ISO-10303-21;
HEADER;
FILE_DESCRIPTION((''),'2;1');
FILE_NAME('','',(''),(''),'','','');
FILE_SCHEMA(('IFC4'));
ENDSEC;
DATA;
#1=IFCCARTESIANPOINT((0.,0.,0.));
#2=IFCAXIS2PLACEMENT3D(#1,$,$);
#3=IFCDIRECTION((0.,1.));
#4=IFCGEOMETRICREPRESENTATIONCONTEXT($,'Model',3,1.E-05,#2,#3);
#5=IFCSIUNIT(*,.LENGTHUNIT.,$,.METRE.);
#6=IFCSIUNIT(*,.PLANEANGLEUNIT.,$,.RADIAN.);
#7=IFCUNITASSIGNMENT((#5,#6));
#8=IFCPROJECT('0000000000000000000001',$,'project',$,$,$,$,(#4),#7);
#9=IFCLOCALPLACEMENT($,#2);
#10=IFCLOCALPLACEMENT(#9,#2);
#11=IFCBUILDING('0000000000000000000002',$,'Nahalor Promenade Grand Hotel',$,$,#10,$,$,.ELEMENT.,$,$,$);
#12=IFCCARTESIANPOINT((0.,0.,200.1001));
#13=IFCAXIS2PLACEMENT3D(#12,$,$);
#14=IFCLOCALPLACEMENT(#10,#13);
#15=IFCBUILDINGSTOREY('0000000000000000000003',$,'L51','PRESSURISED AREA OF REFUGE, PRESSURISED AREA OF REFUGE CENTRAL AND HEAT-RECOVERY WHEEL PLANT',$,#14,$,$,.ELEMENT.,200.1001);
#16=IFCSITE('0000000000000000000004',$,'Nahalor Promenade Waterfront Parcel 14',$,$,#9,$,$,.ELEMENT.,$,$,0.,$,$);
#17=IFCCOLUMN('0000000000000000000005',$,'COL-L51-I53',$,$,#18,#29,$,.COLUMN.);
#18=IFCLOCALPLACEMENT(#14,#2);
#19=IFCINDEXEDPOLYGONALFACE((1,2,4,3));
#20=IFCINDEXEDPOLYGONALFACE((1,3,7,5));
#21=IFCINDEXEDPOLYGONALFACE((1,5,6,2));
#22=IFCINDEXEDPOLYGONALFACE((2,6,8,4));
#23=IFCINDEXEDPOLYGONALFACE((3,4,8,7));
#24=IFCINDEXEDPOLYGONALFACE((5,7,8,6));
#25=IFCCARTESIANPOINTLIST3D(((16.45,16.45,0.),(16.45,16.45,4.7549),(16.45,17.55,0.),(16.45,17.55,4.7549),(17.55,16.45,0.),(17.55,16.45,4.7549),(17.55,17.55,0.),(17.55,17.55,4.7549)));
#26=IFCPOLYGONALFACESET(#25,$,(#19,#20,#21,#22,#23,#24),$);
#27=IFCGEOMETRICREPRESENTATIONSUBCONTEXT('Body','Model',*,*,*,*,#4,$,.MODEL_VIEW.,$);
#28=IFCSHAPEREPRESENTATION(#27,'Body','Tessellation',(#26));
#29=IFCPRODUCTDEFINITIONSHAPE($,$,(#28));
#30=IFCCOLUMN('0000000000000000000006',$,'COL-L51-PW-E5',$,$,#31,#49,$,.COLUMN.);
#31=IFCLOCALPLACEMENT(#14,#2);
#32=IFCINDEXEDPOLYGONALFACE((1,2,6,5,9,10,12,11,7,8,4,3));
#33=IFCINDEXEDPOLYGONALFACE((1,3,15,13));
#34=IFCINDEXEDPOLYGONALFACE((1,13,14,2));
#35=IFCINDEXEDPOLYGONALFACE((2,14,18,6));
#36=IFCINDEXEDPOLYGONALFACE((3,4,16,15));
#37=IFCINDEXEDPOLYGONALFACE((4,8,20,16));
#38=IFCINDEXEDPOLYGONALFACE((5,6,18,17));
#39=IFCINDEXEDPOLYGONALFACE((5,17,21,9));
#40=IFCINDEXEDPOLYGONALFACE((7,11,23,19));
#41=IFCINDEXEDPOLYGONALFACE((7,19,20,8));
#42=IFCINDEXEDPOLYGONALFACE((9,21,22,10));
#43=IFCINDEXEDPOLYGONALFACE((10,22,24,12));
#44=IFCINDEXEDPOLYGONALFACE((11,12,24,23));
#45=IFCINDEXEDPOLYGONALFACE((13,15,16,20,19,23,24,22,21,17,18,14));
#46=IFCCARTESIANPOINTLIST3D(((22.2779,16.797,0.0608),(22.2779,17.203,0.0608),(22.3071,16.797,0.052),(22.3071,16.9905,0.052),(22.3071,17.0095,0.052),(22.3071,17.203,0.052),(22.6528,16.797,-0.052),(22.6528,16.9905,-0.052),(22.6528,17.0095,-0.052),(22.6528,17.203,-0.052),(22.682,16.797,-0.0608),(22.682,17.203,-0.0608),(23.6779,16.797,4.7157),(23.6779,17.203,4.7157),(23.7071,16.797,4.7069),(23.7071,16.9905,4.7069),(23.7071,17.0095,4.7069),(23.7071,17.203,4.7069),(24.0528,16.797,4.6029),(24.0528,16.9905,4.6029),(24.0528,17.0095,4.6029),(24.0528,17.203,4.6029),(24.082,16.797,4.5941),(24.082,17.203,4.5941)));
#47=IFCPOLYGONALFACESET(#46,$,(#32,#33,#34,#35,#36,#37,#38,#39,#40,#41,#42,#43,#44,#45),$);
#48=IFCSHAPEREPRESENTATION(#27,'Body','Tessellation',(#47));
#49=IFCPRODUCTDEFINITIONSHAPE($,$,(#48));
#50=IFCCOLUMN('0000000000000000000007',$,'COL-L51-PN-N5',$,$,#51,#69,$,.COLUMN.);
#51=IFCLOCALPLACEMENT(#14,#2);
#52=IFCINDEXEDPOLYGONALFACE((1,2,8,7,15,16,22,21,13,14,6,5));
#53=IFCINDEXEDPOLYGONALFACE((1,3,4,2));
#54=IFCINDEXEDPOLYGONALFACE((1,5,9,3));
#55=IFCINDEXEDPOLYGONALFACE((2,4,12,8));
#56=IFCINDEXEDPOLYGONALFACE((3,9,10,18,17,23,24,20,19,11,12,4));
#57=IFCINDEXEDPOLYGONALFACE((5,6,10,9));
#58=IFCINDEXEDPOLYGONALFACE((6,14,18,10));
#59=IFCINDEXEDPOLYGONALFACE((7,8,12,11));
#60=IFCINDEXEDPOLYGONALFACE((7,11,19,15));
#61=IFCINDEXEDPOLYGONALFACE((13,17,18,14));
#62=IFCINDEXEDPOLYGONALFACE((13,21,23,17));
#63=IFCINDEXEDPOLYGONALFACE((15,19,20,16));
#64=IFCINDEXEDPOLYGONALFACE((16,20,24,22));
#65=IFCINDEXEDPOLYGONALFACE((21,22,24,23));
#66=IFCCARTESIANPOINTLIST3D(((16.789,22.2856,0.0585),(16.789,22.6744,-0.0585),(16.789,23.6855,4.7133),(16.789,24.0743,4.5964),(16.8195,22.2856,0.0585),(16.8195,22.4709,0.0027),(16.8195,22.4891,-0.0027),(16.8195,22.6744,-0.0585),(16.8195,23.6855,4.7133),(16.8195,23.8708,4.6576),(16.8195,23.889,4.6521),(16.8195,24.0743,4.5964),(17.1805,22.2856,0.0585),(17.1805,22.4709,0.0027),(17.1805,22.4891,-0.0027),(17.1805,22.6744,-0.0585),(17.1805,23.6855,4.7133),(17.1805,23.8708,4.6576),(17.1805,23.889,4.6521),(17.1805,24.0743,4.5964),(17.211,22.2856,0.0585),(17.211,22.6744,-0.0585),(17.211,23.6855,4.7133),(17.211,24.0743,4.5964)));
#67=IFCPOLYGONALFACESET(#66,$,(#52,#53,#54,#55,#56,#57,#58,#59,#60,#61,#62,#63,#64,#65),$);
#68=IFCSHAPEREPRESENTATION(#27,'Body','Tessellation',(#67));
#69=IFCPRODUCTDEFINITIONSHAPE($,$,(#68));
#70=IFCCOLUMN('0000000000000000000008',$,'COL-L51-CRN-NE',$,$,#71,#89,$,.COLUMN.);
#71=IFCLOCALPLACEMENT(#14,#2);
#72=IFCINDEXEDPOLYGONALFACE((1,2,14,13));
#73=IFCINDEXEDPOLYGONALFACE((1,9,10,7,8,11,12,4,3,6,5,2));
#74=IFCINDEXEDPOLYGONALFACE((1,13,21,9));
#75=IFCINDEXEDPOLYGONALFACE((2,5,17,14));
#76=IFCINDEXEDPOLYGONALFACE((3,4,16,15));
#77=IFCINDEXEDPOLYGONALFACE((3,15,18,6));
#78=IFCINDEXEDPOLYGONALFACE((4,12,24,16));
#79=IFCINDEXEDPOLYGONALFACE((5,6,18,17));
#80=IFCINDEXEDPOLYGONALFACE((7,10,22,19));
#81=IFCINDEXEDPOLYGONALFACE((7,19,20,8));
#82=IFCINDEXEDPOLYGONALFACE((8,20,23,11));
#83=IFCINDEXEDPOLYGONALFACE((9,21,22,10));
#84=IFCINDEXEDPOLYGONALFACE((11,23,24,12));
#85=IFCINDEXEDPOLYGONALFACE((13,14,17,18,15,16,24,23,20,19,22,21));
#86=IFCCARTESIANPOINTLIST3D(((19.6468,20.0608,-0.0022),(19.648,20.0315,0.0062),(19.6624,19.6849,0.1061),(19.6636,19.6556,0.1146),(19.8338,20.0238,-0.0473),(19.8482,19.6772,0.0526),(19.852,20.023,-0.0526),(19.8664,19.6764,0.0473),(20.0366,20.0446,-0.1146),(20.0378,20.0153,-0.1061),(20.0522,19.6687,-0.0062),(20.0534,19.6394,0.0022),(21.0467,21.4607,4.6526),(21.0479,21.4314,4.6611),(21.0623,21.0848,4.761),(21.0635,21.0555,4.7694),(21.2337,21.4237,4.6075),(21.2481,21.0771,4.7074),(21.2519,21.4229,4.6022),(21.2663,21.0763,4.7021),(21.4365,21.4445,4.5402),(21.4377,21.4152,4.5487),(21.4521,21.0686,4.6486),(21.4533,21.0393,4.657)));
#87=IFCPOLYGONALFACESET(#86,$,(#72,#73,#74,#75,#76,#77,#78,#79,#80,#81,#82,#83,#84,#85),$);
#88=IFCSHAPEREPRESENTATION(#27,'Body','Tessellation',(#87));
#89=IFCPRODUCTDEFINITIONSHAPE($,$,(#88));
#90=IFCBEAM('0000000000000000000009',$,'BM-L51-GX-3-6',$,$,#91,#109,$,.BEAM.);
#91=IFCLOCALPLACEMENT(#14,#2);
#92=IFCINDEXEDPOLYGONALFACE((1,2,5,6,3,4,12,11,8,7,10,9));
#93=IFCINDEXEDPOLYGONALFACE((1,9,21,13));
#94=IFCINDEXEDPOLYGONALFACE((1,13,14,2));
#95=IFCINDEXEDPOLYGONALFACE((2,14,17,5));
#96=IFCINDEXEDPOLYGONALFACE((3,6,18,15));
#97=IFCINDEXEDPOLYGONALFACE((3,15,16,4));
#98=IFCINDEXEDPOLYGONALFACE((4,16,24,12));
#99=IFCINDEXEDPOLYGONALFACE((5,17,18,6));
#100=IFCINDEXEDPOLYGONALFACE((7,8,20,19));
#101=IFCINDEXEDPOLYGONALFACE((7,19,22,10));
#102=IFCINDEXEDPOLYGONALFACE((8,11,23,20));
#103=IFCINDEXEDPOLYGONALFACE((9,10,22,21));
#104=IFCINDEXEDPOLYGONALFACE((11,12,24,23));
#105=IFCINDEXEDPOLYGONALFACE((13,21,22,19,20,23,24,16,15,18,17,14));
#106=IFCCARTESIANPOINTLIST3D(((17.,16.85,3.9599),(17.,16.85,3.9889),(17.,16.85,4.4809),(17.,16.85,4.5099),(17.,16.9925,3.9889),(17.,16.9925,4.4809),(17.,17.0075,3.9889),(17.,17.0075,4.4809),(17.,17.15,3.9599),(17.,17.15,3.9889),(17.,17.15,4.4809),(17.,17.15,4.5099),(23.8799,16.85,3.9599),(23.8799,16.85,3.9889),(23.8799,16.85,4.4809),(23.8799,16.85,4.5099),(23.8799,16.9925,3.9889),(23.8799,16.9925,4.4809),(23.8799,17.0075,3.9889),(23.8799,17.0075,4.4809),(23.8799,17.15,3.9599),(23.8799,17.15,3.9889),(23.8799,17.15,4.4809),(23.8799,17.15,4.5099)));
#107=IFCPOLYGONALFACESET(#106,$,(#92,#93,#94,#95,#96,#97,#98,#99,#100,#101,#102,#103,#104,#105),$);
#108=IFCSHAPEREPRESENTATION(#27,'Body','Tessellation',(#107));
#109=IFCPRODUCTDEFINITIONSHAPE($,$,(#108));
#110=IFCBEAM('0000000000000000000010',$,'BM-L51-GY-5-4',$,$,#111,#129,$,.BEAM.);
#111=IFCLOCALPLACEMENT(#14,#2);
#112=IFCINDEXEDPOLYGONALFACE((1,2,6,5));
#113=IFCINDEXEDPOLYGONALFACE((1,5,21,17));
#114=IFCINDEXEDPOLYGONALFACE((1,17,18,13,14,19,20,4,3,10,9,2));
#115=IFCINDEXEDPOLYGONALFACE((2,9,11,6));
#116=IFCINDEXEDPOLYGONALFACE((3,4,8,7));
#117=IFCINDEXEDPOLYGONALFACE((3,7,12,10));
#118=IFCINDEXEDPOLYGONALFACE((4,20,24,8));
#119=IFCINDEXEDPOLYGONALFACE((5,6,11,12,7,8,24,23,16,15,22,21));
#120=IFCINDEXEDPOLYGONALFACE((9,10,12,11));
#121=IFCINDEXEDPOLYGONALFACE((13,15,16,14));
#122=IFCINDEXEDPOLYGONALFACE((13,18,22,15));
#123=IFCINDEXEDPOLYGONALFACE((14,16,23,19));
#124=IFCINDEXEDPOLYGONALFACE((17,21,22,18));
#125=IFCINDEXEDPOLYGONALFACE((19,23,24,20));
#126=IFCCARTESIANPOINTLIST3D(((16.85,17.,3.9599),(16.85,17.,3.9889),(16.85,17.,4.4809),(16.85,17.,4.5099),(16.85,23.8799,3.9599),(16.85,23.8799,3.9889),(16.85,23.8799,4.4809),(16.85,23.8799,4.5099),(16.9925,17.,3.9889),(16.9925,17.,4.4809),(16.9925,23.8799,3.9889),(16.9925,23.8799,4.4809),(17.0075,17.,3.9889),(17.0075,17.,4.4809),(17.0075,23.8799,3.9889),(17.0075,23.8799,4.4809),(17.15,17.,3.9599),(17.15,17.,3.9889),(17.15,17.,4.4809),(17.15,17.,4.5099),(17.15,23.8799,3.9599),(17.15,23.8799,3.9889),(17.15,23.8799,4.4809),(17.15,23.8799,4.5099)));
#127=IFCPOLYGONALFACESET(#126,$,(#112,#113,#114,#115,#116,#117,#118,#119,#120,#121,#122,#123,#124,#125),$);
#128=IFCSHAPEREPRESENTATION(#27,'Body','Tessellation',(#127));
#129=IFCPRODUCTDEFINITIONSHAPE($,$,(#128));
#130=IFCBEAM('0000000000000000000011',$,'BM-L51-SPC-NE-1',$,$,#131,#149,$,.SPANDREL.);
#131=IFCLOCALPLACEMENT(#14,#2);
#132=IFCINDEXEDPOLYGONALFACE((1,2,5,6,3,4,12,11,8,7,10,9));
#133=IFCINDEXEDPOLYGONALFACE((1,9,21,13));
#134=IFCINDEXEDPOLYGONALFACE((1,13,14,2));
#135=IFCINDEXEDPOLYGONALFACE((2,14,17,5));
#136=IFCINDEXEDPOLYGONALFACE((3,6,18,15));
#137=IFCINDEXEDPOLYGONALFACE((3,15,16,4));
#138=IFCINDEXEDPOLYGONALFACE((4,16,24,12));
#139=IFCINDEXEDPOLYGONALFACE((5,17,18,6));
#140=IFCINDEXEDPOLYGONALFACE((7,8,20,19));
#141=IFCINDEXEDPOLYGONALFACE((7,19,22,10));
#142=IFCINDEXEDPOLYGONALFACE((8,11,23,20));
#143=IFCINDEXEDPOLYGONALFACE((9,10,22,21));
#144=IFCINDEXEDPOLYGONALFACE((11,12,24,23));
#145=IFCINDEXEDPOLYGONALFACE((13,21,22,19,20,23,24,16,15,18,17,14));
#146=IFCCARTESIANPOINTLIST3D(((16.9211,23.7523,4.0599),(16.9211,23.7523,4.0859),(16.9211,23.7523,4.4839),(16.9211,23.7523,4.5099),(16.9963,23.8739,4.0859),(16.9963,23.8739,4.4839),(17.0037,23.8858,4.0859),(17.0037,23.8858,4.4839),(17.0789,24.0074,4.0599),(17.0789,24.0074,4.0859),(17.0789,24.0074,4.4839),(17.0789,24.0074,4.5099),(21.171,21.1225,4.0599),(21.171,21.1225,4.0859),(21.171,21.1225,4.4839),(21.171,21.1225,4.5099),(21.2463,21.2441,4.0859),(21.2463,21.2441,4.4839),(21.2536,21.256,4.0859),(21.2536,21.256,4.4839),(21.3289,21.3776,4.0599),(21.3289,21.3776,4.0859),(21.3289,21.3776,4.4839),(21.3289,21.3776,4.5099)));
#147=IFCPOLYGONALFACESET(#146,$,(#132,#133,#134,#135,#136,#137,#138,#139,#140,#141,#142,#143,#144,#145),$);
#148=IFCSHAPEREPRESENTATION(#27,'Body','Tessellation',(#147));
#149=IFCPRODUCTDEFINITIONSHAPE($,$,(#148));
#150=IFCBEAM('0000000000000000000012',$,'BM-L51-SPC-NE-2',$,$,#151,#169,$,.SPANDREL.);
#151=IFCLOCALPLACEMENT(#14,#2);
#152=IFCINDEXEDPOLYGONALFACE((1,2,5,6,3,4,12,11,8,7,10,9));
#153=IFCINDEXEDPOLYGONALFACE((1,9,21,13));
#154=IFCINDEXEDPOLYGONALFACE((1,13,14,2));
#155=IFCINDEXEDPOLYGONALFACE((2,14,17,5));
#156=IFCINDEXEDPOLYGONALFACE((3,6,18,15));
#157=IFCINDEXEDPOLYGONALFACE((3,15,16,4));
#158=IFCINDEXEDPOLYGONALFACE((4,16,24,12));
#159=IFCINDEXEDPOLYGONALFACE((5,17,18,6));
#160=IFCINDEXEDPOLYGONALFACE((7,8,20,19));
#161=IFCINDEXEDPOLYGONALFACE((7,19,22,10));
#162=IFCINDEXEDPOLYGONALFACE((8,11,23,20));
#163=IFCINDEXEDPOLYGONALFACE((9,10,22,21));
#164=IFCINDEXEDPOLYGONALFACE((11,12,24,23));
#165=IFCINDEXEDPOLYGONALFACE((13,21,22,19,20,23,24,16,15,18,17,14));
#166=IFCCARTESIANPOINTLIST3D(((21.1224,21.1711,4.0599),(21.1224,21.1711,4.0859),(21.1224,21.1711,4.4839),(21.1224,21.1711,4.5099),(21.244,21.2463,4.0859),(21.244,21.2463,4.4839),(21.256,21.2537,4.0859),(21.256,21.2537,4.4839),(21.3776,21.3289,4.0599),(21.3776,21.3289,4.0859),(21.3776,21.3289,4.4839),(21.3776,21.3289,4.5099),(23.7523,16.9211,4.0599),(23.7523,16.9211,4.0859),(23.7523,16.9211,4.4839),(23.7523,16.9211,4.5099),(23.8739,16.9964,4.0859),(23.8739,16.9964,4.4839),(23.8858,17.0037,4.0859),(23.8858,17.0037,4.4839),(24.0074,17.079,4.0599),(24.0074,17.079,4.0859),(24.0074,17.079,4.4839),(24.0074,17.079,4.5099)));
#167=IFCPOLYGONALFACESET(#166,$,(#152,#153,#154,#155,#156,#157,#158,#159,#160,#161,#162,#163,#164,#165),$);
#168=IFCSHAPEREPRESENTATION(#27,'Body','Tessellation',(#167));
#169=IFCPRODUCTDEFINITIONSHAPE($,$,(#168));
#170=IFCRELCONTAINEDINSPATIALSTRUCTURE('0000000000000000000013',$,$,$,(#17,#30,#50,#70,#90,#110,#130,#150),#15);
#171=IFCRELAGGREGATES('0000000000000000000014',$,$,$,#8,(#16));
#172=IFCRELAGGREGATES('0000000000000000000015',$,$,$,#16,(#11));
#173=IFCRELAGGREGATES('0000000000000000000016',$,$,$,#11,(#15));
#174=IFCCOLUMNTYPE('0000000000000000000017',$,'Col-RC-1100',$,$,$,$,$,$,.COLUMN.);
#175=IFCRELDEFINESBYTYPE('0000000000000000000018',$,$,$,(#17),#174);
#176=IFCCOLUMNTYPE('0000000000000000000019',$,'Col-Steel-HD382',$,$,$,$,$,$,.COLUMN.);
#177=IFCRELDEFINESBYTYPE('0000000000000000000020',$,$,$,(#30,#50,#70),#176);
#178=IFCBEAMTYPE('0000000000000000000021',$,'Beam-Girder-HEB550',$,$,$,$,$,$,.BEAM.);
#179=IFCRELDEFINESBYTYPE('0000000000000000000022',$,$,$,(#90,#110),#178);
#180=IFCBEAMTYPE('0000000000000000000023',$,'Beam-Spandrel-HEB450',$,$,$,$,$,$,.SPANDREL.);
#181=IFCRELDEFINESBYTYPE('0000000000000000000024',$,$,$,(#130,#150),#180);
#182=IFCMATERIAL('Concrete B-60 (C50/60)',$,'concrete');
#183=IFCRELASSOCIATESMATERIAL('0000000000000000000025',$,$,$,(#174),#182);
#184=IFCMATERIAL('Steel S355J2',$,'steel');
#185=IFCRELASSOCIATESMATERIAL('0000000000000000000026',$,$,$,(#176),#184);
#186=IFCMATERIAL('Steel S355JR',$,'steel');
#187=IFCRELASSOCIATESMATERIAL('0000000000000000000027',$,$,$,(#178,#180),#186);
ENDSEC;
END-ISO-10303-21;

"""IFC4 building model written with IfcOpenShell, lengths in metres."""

from ifc_helpers import new_model, si_unit, direction, frame, origin, origin_2d, place, context, subcontext, project, spatial, rectangle, i_section, extrude, source, transform, mapped, material, material_profile, profile_set, type_object, element, save


model = new_model("IFC4")

# Units and contexts
model_context = context("Model", 3, precision=1e-05, world=origin(), true_north=direction((0.0, 1.0)))
body_context = subcontext(model_context, "Body", "Model", "MODEL_VIEW")
ifc_project = project(units=[si_unit("LENGTHUNIT", "METRE"), si_unit("PLANEANGLEUNIT", "RADIAN")], contexts=[model_context])

# Site, building, storey
site_placement = place(None, origin())
site = spatial("IfcSite", under=ifc_project, at=site_placement, Name="Nahalor Promenade Waterfront Parcel 14", CompositionType="ELEMENT", RefElevation=0.0)
building_placement = place(site_placement, origin())
building = spatial("IfcBuilding", under=site, at=building_placement, Name="Nahalor Promenade Grand Hotel", CompositionType="ELEMENT")
storey_placement = place(building_placement, frame((0.0, 0.0, 200.1001)))
storey = spatial("IfcBuildingStorey", under=building, at=storey_placement, Name="L51", Description="PRESSURISED AREA OF REFUGE, PRESSURISED AREA OF REFUGE CENTRAL AND HEAT-RECOVERY WHEEL PLANT", CompositionType="ELEMENT", Elevation=200.1001)

# Columns
ifc_material_1 = material(Name="Concrete B-60 (C50/60)", Category="concrete")
ifc_material_profile_1 = material_profile(ifc_material_1, rectangle(XDim=1.1, YDim=1.1, at=origin_2d()), Name="RC 1100x1100")
ifc_profile_set_1 = profile_set([ifc_material_profile_1], Name="Concrete B-60 (C50/60)")
column_type_1 = type_object("IfcColumnType", Name="Col-RC-1100", PredefinedType="COLUMN", material=ifc_profile_set_1)
shared_shape_1 = source(origin(), body_context, "Body", "SweptSolid", [
    extrude(rectangle(XDim=1.1, YDim=1.1, at=origin_2d()), origin(), (0.0, 0.0, 1.0), 4.7549),
])
column_1_placement = place(storey_placement, frame((17.0, 17.0, 0.0), z_axis=(0.0, 0.0, 1.0), x_axis=(1.0, 0.0, 0.0)))
element("IfcColumn", 1, at=column_1_placement, inside=storey, type_object=column_type_1, Name="COL-L51-I53", PredefinedType="COLUMN", context=body_context, shape_type="MappedRepresentation", body=[
    mapped(shared_shape_1, transform((0.0, 0.0, 0.0), scale=1.0)),
])
ifc_material_2 = material(Name="Steel S355J2", Category="steel")
ifc_material_profile_2 = material_profile(ifc_material_2, i_section(OverallWidth=0.406, OverallDepth=0.422, WebThickness=0.019, FlangeThickness=0.0305, at=origin_2d()), Name="HD 400x382")
ifc_profile_set_2 = profile_set([ifc_material_profile_2], Name="Steel S355J2")
column_type_2 = type_object("IfcColumnType", Name="Col-Steel-HD382", PredefinedType="COLUMN", material=ifc_profile_set_2)
shared_shape_2 = source(origin(), body_context, "Body", "SweptSolid", [
    extrude(i_section(OverallWidth=0.406, OverallDepth=0.422, WebThickness=0.019, FlangeThickness=0.0305, at=origin_2d()), origin(), (0.0, 0.0, 1.0), 4.8608),
])
for number, where, z_axis, x_axis, name in (
    (2, (22.48, 17.0, 0.0), (0.288002, 0.0, 0.95763), (0.0, 1.0, 0.0), "COL-L51-PW-E5"),
    (3, (17.0, 22.48, 0.0), (0.0, 0.288002, 0.95763), (0.0, -0.95763, 0.288002), "COL-L51-PN-N5"),
):
    element("IfcColumn", number, at=place(storey_placement, frame(where, z_axis=z_axis, x_axis=x_axis)), inside=storey, type_object=column_type_2, Name=name, PredefinedType="COLUMN", context=body_context, shape_type="MappedRepresentation", body=[
        mapped(shared_shape_2, transform((0.0, 0.0, 0.0), scale=1.0)),
    ])
shared_shape_3 = source(origin(), body_context, "Body", "SweptSolid", [
    extrude(i_section(OverallWidth=0.406, OverallDepth=0.422, WebThickness=0.019, FlangeThickness=0.0305, at=origin_2d()), origin(), (0.0, 0.0, 1.0), 5.0583),
])
column_2_placement = place(storey_placement, frame((19.8501, 19.8501, 0.0), z_axis=(0.276753, 0.276753, 0.920226), x_axis=(-0.960113, 0.039887, 0.276753)))
element("IfcColumn", 4, at=column_2_placement, inside=storey, type_object=column_type_2, Name="COL-L51-CRN-NE", PredefinedType="COLUMN", context=body_context, shape_type="MappedRepresentation", body=[
    mapped(shared_shape_3, transform((0.0, 0.0, 0.0), scale=1.0)),
])

# Beams
ifc_material_3 = material(Name="Steel S355JR", Category="steel")
ifc_material_profile_3 = material_profile(ifc_material_3, i_section(OverallWidth=0.3, OverallDepth=0.55, WebThickness=0.015, FlangeThickness=0.029, at=origin_2d()), Name="HEB 550")
ifc_profile_set_3 = profile_set([ifc_material_profile_3], Name="Steel S355JR")
beam_type_1 = type_object("IfcBeamType", Name="Beam-Girder-HEB550", PredefinedType="BEAM", material=ifc_profile_set_3)
shared_shape_4 = source(origin(), body_context, "Body", "SweptSolid", [
    extrude(i_section(OverallWidth=0.3, OverallDepth=0.55, WebThickness=0.015, FlangeThickness=0.029, at=origin_2d()), origin(), (0.0, 0.0, 1.0), 6.8799),
])
for number, where, z_axis, x_axis, name in (
    (5, (17.0, 17.0, 4.2349), (1.0, 0.0, 0.0), (0.0, 1.0, 0.0), "BM-L51-GX-3-6"),
    (6, (17.0, 17.0, 4.2349), (0.0, 1.0, 0.0), (-1.0, 0.0, 0.0), "BM-L51-GY-5-4"),
):
    element("IfcBeam", number, at=place(storey_placement, frame(where, z_axis=z_axis, x_axis=x_axis)), inside=storey, type_object=beam_type_1, Name=name, PredefinedType="BEAM", context=body_context, shape_type="MappedRepresentation", body=[
        mapped(shared_shape_4, transform((0.0, 0.0, 0.0), scale=1.0)),
    ])
ifc_material_profile_4 = material_profile(ifc_material_3, i_section(OverallWidth=0.3, OverallDepth=0.45, WebThickness=0.014, FlangeThickness=0.026, at=origin_2d()), Name="HEB 450")
ifc_profile_set_4 = profile_set([ifc_material_profile_4], Name="Steel S355JR")
beam_type_2 = type_object("IfcBeamType", Name="Beam-Spandrel-HEB450", PredefinedType="SPANDREL", material=ifc_profile_set_4)
shared_shape_5 = source(origin(), body_context, "Body", "SweptSolid", [
    extrude(i_section(OverallWidth=0.3, OverallDepth=0.45, WebThickness=0.014, FlangeThickness=0.026, at=origin_2d()), origin(), (0.0, 0.0, 1.0), 4.9978),
])
for number, where, z_axis, x_axis, name in (
    (7, (17.0, 23.8799, 4.2849), (0.850361, -0.5262, 0.0), (0.5262, 0.850361, 0.0), "BM-L51-SPC-NE-1"),
    (8, (21.25, 21.25, 4.2849), (0.5262, -0.850361, 0.0), (0.850361, 0.5262, 0.0), "BM-L51-SPC-NE-2"),
):
    element("IfcBeam", number, at=place(storey_placement, frame(where, z_axis=z_axis, x_axis=x_axis)), inside=storey, type_object=beam_type_2, Name=name, PredefinedType="SPANDREL", context=body_context, shape_type="MappedRepresentation", body=[
        mapped(shared_shape_5, transform((0.0, 0.0, 0.0), scale=1.0)),
    ])

save(model, "model.ifc")
